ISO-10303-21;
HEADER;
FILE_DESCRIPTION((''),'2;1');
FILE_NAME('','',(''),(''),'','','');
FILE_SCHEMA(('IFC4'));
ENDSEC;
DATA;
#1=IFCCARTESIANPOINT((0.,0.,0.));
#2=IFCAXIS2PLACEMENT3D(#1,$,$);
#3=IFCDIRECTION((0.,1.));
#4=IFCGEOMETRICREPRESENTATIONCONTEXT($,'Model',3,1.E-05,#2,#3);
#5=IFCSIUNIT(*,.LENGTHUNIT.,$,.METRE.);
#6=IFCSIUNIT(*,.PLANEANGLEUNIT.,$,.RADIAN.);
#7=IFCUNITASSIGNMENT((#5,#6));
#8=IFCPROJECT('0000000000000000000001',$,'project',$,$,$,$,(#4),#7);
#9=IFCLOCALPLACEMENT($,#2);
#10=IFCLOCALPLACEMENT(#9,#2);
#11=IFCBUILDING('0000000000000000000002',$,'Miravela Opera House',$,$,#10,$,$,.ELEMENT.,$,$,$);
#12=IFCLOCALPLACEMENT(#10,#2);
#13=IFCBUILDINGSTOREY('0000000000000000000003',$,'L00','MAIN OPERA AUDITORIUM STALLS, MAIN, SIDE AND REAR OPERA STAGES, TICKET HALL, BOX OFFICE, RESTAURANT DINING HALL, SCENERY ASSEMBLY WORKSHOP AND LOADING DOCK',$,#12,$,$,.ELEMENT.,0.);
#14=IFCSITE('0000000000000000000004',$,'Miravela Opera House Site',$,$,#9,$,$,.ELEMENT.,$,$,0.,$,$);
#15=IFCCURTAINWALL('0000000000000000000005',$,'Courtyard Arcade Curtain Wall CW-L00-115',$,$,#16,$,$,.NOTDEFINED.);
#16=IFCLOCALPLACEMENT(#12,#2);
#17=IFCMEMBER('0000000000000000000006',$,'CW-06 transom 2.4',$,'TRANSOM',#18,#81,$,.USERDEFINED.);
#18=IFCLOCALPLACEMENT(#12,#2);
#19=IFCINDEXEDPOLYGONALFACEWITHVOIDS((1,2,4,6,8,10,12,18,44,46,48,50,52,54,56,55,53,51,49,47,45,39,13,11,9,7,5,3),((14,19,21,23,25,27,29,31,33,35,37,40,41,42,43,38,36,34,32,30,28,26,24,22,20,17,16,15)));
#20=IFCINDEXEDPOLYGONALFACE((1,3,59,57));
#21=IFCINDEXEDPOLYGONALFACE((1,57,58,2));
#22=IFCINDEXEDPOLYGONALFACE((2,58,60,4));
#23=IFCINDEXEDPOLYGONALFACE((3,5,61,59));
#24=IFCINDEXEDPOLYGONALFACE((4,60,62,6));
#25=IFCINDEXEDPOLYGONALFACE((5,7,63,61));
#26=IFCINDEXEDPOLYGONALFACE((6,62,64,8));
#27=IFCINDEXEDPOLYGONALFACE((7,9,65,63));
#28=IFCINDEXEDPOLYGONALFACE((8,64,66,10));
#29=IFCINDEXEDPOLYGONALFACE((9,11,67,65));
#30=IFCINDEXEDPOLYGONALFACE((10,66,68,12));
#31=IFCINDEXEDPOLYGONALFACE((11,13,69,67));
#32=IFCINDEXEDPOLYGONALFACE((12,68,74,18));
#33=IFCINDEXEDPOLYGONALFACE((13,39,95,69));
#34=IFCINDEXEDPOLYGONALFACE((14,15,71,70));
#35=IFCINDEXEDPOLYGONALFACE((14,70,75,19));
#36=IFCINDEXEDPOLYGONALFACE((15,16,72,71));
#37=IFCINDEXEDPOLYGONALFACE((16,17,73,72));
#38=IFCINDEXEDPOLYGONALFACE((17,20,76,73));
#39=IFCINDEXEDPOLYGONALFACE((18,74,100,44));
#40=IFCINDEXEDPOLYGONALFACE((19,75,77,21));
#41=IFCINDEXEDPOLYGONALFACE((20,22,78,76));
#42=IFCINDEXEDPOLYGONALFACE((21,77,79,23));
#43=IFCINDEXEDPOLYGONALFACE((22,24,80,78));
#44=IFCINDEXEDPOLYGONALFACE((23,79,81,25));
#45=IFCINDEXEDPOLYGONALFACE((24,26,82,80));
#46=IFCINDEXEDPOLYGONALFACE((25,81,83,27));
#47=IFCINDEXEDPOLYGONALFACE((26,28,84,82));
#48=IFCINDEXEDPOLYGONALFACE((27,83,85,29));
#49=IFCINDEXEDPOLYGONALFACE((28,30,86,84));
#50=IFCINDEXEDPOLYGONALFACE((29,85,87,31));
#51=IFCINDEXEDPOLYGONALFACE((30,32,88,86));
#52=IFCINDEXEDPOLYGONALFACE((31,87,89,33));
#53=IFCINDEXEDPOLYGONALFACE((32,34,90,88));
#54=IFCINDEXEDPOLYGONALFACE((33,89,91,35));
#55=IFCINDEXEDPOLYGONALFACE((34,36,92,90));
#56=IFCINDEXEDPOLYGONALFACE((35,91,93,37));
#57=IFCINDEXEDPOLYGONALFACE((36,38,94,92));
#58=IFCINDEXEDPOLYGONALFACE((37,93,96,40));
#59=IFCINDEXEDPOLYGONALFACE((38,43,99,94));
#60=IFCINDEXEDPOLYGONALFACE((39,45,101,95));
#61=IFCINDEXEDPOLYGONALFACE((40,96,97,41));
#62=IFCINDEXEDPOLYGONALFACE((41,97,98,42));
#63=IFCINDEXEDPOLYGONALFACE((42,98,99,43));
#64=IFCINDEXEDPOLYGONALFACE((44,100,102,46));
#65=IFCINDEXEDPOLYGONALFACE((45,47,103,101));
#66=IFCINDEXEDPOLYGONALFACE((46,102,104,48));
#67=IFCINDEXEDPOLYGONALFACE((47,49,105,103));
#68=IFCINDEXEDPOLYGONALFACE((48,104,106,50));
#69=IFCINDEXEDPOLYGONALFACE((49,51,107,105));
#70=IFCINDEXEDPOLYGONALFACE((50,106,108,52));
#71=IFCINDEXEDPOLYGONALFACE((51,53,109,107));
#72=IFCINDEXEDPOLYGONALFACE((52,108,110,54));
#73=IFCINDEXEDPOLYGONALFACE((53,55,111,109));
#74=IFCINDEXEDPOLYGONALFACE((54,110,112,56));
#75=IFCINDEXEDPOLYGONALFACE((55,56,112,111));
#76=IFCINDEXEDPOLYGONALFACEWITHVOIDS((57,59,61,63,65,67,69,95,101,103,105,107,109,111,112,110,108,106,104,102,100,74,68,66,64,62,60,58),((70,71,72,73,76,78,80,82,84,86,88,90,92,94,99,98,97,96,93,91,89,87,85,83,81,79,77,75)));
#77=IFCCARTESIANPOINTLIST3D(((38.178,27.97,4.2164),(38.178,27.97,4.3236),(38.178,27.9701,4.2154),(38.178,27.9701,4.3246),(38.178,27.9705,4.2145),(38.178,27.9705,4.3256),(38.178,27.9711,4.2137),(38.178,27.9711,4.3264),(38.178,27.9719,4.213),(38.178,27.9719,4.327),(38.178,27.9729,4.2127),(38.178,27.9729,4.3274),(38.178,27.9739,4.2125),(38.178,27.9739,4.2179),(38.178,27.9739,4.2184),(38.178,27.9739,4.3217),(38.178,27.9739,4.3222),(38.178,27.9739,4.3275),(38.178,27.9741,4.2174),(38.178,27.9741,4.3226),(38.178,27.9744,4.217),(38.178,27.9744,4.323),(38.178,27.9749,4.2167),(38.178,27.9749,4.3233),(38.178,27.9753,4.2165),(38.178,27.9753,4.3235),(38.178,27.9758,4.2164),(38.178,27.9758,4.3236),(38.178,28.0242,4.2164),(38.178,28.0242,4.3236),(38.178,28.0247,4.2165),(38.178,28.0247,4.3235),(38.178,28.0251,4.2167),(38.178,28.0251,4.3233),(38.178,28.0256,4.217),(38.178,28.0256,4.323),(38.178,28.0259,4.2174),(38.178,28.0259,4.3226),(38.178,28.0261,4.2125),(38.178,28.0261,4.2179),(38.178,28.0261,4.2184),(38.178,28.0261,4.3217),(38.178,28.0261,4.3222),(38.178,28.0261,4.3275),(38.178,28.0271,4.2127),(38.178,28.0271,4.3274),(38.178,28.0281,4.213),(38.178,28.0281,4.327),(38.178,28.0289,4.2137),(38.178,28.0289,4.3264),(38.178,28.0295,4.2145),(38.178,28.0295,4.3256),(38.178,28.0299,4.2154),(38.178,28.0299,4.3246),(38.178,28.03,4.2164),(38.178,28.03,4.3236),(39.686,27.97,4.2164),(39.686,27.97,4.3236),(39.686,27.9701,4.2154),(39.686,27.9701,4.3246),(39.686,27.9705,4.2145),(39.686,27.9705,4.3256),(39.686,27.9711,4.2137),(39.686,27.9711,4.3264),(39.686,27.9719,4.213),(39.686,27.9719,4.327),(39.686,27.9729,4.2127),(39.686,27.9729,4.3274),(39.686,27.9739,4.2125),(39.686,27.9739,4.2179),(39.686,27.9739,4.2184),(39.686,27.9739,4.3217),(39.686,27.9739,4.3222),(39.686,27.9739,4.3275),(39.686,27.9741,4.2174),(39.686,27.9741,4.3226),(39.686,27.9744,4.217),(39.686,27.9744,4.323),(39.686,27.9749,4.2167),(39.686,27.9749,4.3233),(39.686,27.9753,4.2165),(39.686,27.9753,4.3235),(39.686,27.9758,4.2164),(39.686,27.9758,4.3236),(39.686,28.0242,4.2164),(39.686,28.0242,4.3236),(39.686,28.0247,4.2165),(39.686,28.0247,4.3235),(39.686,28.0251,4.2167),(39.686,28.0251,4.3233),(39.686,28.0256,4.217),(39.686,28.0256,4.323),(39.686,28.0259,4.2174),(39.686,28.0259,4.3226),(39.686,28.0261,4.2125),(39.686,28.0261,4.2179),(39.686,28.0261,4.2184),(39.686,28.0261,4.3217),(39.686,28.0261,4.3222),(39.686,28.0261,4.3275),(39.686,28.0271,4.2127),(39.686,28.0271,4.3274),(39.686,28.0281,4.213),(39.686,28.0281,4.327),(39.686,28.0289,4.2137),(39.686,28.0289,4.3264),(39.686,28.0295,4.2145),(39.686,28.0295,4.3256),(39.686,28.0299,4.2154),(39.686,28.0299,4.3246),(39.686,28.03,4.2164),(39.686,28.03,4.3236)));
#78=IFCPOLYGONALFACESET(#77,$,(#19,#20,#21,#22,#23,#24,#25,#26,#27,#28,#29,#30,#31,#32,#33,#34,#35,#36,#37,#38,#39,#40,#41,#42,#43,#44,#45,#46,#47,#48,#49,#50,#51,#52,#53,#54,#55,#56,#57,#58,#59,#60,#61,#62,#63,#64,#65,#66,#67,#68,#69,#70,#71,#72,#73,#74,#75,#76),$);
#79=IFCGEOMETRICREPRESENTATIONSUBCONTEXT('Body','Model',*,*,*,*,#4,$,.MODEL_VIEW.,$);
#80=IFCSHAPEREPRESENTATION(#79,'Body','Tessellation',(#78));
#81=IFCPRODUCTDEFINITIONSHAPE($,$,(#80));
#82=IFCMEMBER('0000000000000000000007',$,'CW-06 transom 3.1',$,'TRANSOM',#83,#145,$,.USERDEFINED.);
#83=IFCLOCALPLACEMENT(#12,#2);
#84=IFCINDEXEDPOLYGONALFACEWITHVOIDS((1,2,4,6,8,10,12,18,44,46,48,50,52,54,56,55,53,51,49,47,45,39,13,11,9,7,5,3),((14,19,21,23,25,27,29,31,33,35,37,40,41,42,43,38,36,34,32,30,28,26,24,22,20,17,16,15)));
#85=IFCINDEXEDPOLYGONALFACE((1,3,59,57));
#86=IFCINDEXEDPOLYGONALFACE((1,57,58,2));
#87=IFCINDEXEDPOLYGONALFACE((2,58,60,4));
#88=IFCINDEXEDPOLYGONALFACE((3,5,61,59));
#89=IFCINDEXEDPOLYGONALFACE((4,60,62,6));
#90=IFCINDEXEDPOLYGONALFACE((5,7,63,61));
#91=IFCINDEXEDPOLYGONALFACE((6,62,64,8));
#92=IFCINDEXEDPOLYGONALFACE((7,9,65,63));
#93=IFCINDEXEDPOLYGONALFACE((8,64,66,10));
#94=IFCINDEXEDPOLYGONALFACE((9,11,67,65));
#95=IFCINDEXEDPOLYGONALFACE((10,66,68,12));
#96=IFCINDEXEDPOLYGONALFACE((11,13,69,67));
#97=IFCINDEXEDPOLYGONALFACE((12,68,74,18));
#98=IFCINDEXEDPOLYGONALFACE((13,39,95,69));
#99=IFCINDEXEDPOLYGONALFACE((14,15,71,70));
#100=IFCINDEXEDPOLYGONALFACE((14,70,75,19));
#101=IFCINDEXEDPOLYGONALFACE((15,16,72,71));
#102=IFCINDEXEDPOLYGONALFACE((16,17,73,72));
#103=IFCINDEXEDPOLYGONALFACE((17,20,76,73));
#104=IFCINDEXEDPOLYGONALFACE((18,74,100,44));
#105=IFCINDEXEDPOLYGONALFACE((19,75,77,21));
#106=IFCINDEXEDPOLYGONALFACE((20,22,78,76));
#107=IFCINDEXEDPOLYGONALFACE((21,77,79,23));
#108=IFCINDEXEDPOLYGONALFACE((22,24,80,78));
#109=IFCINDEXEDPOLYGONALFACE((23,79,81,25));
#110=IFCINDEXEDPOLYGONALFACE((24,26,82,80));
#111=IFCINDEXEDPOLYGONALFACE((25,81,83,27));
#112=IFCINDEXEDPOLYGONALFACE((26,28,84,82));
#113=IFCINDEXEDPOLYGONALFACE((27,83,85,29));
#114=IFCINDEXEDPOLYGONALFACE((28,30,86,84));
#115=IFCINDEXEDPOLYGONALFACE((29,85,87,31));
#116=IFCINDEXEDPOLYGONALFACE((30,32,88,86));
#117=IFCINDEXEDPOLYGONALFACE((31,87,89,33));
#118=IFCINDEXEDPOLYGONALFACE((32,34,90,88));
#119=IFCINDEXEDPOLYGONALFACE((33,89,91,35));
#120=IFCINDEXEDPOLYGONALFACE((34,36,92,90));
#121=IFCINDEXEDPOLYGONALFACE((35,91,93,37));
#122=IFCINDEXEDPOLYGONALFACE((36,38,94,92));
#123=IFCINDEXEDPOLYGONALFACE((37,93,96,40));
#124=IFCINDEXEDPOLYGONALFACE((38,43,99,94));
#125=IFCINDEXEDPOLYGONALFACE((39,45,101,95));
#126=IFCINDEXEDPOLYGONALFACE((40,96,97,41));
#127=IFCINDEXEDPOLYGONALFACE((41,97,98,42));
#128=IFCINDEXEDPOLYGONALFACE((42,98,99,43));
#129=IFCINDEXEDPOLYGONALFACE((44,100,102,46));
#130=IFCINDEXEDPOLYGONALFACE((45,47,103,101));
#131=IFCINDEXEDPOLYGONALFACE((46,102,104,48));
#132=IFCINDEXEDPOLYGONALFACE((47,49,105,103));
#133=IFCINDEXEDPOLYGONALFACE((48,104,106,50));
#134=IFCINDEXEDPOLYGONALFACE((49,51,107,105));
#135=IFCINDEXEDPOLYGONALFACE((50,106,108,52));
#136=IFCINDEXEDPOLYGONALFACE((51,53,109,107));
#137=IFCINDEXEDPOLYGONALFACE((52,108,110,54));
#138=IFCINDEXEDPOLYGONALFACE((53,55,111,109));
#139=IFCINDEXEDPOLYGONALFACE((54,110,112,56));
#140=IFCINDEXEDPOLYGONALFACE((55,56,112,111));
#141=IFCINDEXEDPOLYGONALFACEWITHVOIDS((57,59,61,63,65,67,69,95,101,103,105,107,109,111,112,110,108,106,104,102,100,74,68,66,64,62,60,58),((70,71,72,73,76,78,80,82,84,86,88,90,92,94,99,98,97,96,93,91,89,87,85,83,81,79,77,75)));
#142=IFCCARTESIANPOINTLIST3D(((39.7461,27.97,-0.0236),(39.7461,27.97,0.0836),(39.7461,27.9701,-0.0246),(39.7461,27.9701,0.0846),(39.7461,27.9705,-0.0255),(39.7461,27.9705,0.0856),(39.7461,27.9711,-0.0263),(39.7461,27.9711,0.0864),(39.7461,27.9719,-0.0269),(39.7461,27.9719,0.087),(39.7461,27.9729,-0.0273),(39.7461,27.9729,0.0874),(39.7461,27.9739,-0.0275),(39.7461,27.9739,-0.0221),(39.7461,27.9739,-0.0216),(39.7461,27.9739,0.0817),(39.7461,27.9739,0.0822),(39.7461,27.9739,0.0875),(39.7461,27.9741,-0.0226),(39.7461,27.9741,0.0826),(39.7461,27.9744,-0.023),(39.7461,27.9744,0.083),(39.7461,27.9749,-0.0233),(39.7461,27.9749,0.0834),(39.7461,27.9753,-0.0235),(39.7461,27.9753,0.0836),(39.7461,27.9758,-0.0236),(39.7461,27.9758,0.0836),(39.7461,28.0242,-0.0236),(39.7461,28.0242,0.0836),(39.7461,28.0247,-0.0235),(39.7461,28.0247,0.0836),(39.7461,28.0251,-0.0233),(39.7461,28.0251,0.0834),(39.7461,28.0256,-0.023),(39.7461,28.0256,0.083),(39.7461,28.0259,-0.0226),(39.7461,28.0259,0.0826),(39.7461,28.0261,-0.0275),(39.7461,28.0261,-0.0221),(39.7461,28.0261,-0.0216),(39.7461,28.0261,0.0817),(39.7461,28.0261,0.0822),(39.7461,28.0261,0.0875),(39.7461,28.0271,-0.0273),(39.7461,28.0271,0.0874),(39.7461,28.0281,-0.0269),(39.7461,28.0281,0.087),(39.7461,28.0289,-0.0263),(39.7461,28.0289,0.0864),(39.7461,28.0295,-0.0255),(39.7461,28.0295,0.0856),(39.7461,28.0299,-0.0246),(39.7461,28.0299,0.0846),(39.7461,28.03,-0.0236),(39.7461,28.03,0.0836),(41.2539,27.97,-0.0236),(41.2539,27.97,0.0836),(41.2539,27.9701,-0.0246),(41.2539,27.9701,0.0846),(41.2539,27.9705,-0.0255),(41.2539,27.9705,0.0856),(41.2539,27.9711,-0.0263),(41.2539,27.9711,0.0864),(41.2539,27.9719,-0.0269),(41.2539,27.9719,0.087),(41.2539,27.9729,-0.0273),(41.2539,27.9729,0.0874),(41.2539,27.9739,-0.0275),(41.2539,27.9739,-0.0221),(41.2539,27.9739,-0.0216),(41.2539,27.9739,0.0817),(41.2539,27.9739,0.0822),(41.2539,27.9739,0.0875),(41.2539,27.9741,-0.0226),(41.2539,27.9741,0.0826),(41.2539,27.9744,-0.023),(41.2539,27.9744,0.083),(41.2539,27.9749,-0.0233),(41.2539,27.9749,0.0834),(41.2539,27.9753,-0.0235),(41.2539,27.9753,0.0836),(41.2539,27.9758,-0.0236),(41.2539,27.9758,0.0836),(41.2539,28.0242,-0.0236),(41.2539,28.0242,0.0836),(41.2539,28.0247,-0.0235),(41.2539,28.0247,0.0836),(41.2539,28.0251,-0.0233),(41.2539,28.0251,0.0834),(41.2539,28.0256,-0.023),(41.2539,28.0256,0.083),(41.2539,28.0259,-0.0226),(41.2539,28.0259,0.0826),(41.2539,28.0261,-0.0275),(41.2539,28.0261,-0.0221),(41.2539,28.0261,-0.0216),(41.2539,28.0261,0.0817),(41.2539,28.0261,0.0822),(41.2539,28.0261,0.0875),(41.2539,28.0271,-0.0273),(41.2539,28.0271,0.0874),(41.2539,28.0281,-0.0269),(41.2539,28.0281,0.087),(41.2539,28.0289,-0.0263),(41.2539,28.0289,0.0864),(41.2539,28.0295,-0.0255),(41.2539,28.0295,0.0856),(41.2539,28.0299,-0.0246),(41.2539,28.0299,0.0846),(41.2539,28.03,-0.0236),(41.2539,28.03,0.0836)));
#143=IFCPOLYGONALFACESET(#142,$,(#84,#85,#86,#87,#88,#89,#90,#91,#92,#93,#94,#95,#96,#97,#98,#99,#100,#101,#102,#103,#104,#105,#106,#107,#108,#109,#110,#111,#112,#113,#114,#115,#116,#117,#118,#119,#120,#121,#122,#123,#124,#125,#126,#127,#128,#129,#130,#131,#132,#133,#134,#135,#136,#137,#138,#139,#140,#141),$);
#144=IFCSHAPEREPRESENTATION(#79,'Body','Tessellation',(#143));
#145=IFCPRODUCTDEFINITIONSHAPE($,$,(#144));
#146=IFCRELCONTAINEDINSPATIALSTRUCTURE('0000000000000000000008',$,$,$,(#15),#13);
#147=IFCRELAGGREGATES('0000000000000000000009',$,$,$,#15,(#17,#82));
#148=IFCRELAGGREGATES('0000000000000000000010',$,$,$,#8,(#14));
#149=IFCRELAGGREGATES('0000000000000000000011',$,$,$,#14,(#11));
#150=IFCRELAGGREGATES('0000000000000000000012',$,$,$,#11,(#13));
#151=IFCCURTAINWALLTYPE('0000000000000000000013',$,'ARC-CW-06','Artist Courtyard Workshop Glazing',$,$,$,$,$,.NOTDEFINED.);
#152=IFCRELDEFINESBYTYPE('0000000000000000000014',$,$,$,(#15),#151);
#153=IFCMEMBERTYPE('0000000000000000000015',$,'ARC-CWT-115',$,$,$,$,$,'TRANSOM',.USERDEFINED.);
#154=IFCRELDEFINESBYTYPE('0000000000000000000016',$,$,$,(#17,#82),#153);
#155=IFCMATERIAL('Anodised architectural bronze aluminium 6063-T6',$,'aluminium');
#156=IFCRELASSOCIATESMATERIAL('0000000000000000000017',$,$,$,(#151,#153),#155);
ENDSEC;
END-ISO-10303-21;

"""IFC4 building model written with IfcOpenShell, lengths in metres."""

from ifc_helpers import new_model, si_unit, direction, frame, origin, origin_2d, place, context, subcontext, project, spatial, hollow_rectangle, extrude, material, material_profile, profile_set, type_object, element, aggregate, save


model = new_model("IFC4")

# Units and contexts
model_context = context("Model", 3, precision=1e-05, world=origin(), true_north=direction((0.0, 1.0)))
body_context = subcontext(model_context, "Body", "Model", "MODEL_VIEW")
ifc_project = project(units=[si_unit("LENGTHUNIT", "METRE"), si_unit("PLANEANGLEUNIT", "RADIAN")], contexts=[model_context])

# Site, building, storey
site_placement = place(None, origin())
site = spatial("IfcSite", under=ifc_project, at=site_placement, Name="Miravela Opera House Site", CompositionType="ELEMENT", RefElevation=0.0)
building_placement = place(site_placement, origin())
building = spatial("IfcBuilding", under=site, at=building_placement, Name="Miravela Opera House", CompositionType="ELEMENT")
storey_placement = place(building_placement, origin())
storey = spatial("IfcBuildingStorey", under=building, at=storey_placement, Name="L00", Description="MAIN OPERA AUDITORIUM STALLS, MAIN, SIDE AND REAR OPERA STAGES, TICKET HALL, BOX OFFICE, RESTAURANT DINING HALL, SCENERY ASSEMBLY WORKSHOP AND LOADING DOCK", CompositionType="ELEMENT", Elevation=0.0)

# Curtain wall, members
ifc_material_1 = material(Name="Anodised architectural bronze aluminium 6063-T6", Category="aluminium")
curtain_wall_type = type_object("IfcCurtainWallType", Name="ARC-CW-06", Description="Artist Courtyard Workshop Glazing", PredefinedType="NOTDEFINED", material=ifc_material_1)
curtain_wall_placement = place(storey_placement, origin())
curtain_wall = element("IfcCurtainWall", 1, at=curtain_wall_placement, inside=storey, type_object=curtain_wall_type, Name="Courtyard Arcade Curtain Wall CW-L00-115", PredefinedType="NOTDEFINED")
ifc_material_profile_1 = material_profile(ifc_material_1, hollow_rectangle(XDim=0.0601, YDim=0.115, WallThickness=0.0039, InnerFilletRadius=0.002, OuterFilletRadius=0.0039, at=origin_2d()), Name="CWT-60X115")
ifc_profile_set_1 = profile_set([ifc_material_profile_1])
member_type_1 = type_object("IfcMemberType", Name="ARC-CWT-115", ElementType="TRANSOM", PredefinedType="USERDEFINED", material=ifc_profile_set_1)
member_1_placement = place(storey_placement, frame((38.178, 28.0, 4.27), z_axis=(1.0, 0.0, 0.0), x_axis=(0.0, 1.0, 0.0)))
member_1 = element("IfcMember", 2, at=member_1_placement, type_object=member_type_1, Name="CW-06 transom 2.4", ObjectType="TRANSOM", PredefinedType="USERDEFINED", context=body_context, shape_type="SweptSolid", body=[
    extrude(hollow_rectangle(XDim=0.0601, YDim=0.115, WallThickness=0.0039, InnerFilletRadius=0.002, OuterFilletRadius=0.0039, at=origin_2d()), origin(), (0.0, 0.0, 1.0), 1.5081),
])
member_2_placement = place(storey_placement, frame((39.7461, 28.0, 0.03), z_axis=(1.0, 0.0, 0.0), x_axis=(0.0, 1.0, 0.0)))
member_2 = element("IfcMember", 3, at=member_2_placement, type_object=member_type_1, Name="CW-06 transom 3.1", ObjectType="TRANSOM", PredefinedType="USERDEFINED", context=body_context, shape_type="SweptSolid", body=[
    extrude(hollow_rectangle(XDim=0.0601, YDim=0.115, WallThickness=0.0039, InnerFilletRadius=0.002, OuterFilletRadius=0.0039, at=origin_2d()), origin(), (0.0, 0.0, 1.0), 1.5078),
])

aggregate(curtain_wall, [member_1, member_2])

save(model, "model.ifc")
